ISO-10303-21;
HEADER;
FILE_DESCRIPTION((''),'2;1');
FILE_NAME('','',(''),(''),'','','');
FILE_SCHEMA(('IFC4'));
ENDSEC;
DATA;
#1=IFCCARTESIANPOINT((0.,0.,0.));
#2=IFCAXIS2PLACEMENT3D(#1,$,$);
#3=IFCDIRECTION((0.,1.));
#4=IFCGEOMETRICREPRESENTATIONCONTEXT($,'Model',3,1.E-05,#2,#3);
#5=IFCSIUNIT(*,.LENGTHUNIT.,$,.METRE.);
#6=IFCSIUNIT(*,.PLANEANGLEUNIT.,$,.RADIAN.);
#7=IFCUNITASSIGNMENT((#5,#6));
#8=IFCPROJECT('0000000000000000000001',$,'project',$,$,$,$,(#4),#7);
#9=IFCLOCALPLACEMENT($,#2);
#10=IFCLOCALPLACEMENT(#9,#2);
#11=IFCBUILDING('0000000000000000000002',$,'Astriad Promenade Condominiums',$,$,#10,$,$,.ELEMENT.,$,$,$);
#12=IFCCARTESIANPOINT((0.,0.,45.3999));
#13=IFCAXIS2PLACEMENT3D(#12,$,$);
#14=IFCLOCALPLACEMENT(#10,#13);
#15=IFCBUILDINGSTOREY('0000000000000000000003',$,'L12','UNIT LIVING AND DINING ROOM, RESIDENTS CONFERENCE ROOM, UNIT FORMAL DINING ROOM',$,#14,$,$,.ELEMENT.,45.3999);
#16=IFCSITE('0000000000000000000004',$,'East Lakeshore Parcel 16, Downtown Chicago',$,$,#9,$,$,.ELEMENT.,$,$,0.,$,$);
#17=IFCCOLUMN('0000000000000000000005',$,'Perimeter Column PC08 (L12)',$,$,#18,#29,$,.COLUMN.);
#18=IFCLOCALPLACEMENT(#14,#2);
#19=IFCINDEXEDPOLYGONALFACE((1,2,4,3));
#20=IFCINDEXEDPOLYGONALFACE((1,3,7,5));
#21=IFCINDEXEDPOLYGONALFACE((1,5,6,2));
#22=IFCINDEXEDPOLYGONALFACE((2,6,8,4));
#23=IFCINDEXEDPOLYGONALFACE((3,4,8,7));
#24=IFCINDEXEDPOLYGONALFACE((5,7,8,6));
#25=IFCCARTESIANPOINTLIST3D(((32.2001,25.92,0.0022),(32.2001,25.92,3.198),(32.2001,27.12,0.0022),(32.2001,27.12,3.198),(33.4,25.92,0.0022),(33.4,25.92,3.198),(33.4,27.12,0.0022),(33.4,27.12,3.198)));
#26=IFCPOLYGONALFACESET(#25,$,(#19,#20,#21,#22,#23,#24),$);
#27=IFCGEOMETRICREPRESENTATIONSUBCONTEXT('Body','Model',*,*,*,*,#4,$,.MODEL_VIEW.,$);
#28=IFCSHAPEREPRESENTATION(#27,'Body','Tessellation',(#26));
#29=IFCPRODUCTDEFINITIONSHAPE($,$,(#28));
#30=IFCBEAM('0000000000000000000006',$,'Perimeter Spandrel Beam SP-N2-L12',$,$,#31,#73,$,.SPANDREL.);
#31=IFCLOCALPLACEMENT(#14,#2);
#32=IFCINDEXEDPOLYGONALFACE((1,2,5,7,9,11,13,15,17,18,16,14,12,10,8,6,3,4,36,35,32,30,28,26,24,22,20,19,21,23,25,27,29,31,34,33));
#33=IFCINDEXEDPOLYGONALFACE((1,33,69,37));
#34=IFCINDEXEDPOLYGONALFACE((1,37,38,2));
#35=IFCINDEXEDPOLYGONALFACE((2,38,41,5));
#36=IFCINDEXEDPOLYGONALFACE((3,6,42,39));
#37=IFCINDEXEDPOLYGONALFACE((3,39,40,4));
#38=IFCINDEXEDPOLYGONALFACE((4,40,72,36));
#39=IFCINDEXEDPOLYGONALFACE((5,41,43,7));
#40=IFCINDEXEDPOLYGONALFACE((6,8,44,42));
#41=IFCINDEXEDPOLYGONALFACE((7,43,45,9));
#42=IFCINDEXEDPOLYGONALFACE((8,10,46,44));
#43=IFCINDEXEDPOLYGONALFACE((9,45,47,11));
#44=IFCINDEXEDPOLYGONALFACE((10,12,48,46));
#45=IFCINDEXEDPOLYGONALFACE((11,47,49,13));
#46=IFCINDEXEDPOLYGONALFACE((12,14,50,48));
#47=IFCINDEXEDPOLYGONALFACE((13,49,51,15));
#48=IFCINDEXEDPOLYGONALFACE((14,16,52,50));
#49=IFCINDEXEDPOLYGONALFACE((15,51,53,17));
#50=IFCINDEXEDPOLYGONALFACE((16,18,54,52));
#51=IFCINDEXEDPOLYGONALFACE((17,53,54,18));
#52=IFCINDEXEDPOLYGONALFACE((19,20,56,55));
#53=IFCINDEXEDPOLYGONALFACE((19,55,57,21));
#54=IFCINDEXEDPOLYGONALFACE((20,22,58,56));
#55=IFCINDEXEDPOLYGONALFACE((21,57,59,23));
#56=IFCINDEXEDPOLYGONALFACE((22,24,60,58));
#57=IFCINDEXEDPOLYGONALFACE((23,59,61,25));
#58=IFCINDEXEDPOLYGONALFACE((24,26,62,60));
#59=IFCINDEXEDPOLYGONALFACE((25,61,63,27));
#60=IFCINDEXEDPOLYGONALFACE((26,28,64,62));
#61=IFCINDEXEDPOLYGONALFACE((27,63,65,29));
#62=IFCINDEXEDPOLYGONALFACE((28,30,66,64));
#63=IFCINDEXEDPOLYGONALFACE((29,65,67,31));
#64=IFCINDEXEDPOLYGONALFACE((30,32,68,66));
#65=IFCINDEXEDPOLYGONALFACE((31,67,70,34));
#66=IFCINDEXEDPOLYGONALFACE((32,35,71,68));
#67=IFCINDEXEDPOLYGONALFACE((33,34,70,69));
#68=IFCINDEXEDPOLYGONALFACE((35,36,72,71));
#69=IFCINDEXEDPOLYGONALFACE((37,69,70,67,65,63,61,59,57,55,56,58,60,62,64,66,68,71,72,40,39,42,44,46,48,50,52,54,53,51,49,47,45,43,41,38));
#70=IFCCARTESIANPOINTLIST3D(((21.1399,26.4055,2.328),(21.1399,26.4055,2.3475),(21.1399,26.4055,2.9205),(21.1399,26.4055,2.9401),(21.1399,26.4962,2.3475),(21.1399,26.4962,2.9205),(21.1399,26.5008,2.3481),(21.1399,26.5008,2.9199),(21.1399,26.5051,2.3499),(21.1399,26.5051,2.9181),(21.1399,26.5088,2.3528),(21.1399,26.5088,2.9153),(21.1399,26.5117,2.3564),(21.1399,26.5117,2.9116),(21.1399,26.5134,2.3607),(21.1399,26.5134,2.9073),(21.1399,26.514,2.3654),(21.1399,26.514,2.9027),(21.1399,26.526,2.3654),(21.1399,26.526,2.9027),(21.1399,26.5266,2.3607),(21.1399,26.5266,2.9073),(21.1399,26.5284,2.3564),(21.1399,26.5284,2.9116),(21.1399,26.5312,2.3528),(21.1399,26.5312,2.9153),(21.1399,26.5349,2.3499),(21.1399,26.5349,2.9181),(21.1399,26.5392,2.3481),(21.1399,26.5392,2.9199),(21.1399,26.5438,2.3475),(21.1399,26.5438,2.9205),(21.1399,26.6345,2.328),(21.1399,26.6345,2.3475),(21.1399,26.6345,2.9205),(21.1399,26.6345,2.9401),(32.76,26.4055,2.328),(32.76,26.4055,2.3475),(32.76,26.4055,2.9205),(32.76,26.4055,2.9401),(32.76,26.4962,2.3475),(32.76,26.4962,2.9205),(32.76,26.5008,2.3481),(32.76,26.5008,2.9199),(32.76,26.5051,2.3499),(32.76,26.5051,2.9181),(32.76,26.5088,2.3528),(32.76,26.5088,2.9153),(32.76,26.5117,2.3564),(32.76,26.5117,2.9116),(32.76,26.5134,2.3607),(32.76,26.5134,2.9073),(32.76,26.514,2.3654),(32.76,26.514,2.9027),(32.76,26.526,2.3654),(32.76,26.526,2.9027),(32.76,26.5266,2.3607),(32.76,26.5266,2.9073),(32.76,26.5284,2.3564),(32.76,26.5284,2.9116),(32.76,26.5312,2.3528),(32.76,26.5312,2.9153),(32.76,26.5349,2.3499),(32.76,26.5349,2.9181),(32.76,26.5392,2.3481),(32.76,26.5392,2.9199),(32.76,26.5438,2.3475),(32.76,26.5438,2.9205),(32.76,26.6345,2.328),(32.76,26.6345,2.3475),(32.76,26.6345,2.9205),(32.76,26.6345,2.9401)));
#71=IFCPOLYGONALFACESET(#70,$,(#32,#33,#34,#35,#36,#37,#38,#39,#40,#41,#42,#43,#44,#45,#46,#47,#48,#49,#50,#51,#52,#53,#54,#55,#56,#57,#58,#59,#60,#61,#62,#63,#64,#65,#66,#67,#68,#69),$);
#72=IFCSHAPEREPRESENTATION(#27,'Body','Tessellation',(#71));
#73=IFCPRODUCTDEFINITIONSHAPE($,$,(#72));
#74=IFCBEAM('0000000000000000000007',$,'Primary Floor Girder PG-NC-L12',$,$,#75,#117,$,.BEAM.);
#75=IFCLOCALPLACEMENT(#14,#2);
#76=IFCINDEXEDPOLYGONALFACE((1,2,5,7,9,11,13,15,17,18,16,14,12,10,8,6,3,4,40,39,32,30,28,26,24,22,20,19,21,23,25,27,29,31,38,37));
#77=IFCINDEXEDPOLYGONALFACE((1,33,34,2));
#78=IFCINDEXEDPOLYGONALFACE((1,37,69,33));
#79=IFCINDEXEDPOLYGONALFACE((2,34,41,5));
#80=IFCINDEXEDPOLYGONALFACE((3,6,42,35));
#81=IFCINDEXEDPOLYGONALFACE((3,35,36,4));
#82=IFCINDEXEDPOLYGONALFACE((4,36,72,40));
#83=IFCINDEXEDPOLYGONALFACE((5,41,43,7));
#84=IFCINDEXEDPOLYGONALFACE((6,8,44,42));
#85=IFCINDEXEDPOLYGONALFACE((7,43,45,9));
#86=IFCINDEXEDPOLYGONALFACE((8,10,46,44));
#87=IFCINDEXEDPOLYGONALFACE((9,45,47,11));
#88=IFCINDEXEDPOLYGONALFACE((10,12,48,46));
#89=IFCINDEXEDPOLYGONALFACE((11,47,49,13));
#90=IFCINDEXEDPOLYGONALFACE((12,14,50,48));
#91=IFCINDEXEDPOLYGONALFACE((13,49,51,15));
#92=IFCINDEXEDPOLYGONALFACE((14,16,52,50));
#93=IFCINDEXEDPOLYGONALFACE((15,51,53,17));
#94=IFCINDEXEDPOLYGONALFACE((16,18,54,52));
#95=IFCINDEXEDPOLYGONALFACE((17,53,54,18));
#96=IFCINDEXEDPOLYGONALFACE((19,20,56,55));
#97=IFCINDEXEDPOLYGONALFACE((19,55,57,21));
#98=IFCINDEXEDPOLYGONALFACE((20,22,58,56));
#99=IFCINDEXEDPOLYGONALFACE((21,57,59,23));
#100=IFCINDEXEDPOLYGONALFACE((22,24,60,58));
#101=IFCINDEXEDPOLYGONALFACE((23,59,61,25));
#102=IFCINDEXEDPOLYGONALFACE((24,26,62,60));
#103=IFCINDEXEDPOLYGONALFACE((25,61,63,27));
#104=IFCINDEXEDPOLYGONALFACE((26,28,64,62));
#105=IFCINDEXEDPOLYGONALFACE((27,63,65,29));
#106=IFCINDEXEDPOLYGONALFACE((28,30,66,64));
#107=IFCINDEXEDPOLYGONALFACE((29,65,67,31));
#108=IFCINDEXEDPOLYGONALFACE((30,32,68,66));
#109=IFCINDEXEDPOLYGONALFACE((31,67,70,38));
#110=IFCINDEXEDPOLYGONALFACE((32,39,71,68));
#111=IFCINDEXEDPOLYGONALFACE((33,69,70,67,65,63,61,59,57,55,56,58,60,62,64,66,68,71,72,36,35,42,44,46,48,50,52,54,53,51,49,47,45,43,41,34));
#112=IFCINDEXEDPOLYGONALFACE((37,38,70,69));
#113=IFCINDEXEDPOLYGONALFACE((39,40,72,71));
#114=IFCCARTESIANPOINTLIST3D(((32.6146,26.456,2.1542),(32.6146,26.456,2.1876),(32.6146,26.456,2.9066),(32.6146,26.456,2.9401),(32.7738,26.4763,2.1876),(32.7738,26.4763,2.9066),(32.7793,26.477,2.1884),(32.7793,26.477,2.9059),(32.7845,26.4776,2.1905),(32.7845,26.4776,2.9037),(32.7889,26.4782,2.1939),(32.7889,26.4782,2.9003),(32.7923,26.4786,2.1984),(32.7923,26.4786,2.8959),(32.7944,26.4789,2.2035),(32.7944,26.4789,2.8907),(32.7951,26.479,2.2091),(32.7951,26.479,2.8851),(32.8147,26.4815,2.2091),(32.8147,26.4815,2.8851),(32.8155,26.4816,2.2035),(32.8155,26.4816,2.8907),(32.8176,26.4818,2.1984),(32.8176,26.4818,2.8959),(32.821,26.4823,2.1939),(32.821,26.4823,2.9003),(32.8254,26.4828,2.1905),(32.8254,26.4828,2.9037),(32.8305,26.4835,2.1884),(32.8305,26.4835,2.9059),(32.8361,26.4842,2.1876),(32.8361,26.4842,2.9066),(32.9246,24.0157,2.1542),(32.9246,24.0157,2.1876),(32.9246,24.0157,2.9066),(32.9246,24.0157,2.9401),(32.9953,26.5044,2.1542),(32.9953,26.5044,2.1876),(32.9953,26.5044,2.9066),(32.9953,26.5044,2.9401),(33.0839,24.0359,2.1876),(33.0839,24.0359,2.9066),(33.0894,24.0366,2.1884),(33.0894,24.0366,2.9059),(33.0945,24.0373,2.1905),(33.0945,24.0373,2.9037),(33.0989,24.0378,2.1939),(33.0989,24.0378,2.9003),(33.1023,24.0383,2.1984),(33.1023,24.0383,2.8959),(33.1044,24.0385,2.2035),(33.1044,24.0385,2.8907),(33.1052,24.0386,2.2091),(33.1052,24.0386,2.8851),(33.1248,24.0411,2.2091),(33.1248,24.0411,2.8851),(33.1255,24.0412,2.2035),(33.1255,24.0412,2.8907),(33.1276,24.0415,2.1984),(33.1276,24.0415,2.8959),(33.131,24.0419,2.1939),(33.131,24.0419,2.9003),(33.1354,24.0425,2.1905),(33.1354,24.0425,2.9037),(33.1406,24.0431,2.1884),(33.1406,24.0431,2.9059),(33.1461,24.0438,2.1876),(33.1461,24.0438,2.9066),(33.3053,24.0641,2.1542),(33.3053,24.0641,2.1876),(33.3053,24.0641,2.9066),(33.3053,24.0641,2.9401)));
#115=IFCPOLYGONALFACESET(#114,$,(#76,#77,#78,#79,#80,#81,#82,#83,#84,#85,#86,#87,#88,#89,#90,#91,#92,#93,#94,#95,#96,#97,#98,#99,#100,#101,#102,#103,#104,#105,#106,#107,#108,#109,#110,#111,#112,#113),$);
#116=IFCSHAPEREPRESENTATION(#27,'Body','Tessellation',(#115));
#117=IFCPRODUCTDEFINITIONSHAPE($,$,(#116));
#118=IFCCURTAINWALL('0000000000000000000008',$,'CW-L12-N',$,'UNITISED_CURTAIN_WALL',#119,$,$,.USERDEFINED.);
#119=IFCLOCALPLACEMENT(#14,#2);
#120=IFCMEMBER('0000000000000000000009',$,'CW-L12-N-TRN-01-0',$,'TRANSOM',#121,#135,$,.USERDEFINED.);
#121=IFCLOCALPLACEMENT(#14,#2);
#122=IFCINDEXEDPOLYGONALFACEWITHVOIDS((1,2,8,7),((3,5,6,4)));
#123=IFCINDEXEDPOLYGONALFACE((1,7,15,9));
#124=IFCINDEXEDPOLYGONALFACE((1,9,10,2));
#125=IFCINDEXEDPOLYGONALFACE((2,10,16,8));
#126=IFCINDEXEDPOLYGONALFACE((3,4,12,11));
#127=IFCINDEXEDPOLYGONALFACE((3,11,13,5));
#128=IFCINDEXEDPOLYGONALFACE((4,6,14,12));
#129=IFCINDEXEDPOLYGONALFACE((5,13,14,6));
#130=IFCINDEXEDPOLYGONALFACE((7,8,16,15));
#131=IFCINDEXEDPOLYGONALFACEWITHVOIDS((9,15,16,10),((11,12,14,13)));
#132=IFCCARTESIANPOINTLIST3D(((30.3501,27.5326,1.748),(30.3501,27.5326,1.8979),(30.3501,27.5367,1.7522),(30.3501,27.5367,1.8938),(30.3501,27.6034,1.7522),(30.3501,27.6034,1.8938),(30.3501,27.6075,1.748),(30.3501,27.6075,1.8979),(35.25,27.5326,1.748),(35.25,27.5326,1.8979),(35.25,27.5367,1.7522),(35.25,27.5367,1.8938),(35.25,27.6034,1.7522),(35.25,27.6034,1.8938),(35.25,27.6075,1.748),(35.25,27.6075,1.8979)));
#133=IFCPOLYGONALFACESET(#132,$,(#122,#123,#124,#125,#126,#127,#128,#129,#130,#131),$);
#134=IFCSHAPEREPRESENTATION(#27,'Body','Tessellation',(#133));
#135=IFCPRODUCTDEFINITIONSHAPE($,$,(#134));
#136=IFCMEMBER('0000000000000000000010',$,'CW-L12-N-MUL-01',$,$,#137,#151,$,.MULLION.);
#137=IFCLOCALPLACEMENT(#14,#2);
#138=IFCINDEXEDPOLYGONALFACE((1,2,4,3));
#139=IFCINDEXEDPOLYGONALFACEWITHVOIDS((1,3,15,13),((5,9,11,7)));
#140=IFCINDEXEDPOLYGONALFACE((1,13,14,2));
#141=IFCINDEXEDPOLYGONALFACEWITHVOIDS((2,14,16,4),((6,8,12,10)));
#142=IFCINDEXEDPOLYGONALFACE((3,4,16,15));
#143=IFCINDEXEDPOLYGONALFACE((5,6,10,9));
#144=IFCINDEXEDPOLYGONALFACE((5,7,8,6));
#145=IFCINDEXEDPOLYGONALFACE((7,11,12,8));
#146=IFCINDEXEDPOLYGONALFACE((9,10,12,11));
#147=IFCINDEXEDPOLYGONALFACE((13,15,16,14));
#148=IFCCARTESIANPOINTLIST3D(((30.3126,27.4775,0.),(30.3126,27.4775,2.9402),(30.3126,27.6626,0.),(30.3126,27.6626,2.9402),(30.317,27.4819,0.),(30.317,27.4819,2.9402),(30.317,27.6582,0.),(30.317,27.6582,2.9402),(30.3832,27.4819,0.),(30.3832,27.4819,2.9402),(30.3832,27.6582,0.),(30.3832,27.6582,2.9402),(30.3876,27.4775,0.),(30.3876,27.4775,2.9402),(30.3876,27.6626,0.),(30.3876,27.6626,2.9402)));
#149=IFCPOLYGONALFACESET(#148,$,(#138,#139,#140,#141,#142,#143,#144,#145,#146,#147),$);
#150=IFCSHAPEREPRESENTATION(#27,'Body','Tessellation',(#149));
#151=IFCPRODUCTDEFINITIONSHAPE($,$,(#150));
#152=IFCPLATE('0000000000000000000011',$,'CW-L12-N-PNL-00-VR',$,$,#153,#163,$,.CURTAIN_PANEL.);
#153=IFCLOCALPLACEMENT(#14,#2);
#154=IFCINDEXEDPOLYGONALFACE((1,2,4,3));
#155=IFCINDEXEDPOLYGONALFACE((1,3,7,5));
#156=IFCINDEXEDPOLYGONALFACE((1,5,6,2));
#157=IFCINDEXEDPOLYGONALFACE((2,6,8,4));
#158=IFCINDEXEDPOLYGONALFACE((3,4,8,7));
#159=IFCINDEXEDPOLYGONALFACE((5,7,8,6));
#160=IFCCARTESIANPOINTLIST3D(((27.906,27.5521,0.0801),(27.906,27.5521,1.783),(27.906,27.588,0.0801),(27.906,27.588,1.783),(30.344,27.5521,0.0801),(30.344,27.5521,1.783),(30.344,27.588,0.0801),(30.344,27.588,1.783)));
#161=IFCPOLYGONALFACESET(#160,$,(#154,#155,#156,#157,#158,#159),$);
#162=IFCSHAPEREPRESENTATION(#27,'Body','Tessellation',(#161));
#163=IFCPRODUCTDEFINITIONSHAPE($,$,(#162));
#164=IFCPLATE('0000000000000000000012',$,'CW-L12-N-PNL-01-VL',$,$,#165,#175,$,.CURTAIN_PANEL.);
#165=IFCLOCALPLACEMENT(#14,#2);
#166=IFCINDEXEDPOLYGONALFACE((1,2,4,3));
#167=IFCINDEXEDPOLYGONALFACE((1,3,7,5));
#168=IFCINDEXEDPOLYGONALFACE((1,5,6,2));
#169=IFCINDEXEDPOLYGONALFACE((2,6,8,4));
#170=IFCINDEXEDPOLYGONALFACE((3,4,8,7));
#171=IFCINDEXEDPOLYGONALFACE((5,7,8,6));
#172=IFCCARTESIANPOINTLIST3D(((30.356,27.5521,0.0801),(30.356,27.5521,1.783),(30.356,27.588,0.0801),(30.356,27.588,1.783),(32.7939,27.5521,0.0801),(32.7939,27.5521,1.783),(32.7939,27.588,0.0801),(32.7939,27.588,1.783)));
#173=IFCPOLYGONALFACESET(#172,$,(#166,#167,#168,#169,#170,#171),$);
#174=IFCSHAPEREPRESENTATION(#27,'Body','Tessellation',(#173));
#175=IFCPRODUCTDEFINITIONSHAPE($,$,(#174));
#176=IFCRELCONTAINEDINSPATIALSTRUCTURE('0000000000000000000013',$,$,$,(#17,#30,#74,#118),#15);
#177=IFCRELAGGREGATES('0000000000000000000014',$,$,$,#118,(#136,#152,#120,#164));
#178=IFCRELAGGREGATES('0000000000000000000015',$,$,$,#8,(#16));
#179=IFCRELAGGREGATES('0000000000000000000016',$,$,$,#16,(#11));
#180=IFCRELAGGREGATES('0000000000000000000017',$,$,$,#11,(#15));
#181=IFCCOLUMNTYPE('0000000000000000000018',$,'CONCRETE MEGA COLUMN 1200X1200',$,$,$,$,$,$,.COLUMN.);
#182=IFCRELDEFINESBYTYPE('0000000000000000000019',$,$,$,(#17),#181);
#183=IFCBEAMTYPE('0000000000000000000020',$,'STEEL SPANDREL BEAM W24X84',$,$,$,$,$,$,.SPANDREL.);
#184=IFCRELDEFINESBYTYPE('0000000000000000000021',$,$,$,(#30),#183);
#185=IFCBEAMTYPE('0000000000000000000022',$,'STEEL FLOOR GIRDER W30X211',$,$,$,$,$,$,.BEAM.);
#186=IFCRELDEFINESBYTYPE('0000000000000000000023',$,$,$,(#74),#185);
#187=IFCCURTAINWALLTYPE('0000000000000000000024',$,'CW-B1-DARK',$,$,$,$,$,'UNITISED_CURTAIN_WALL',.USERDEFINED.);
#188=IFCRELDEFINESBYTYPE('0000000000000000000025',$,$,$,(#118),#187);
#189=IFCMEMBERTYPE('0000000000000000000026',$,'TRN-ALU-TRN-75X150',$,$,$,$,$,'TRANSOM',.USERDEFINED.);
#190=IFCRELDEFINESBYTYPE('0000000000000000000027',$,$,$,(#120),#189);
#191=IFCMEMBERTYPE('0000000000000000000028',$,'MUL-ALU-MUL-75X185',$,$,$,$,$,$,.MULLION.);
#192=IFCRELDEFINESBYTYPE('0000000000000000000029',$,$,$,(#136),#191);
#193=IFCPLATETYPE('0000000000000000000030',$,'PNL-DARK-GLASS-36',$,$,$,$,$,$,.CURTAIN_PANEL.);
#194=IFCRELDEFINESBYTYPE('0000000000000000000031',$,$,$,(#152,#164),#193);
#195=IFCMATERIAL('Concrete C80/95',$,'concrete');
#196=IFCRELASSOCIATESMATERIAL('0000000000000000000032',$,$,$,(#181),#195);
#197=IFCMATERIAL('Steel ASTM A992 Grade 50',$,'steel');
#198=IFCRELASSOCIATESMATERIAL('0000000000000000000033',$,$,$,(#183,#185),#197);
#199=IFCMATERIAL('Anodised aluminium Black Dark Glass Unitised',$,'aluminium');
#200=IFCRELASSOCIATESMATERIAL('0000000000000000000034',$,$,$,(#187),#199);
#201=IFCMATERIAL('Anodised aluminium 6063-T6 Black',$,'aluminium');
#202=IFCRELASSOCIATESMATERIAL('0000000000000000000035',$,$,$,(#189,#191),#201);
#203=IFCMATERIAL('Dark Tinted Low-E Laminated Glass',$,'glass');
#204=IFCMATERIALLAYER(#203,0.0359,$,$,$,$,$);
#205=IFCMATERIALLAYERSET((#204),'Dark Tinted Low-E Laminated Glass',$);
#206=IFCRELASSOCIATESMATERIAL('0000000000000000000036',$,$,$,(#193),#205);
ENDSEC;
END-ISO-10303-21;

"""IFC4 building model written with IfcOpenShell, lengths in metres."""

from ifc_helpers import new_model, si_unit, direction, frame, origin, origin_2d, place, context, subcontext, project, spatial, rectangle, hollow_rectangle, i_section, extrude, source, transform, mapped, material, layer, layer_set, material_profile, profile_set, type_object, type_shapes, element, aggregate, save


model = new_model("IFC4")

# Units and contexts
model_context = context("Model", 3, precision=1e-05, world=origin(), true_north=direction((0.0, 1.0)))
body_context = subcontext(model_context, "Body", "Model", "MODEL_VIEW")
ifc_project = project(units=[si_unit("LENGTHUNIT", "METRE"), si_unit("PLANEANGLEUNIT", "RADIAN")], contexts=[model_context])

# Site, building, storey
site_placement = place(None, origin())
site = spatial("IfcSite", under=ifc_project, at=site_placement, Name="East Lakeshore Parcel 16, Downtown Chicago", CompositionType="ELEMENT", RefElevation=0.0)
building_placement = place(site_placement, origin())
building = spatial("IfcBuilding", under=site, at=building_placement, Name="Astriad Promenade Condominiums", CompositionType="ELEMENT")
storey_placement = place(building_placement, frame((0.0, 0.0, 45.3999)))
storey = spatial("IfcBuildingStorey", under=building, at=storey_placement, Name="L12", Description="UNIT LIVING AND DINING ROOM, RESIDENTS CONFERENCE ROOM, UNIT FORMAL DINING ROOM", CompositionType="ELEMENT", Elevation=45.3999)

# Column
ifc_material_1 = material(Name="Concrete C80/95", Category="concrete")
ifc_material_profile_1 = material_profile(ifc_material_1, rectangle(XDim=1.2, YDim=1.2, at=origin_2d()), Name="RC-COL-1200X1200")
ifc_profile_set_1 = profile_set([ifc_material_profile_1], Name="Concrete C80/95")
column_type = type_object("IfcColumnType", Name="CONCRETE MEGA COLUMN 1200X1200", PredefinedType="COLUMN", material=ifc_profile_set_1)
shared_shape_1 = source(origin(), body_context, "Body", "SweptSolid", [
    extrude(rectangle(XDim=1.2, YDim=1.2, at=origin_2d()), origin(), (0.0, 0.0, 1.0), 3.1958),
])
type_shapes(column_type, [shared_shape_1])
column_placement = place(storey_placement, frame((32.8, 26.52, 0.0022), z_axis=(0.0, 0.0, 1.0), x_axis=(1.0, 0.0, 0.0)))
element("IfcColumn", 1, at=column_placement, inside=storey, type_object=column_type, Name="Perimeter Column PC08 (L12)", PredefinedType="COLUMN", context=body_context, shape_type="MappedRepresentation", body=[
    mapped(shared_shape_1, transform((0.0, 0.0, 0.0), scale=1.0)),
])

# Beams
ifc_material_2 = material(Name="Steel ASTM A992 Grade 50", Category="steel")
ifc_material_profile_2 = material_profile(ifc_material_2, i_section(OverallWidth=0.229, OverallDepth=0.6121, WebThickness=0.012, FlangeThickness=0.0195, FilletRadius=0.0178, at=origin_2d()), Name="W24X84")
ifc_profile_set_2 = profile_set([ifc_material_profile_2], Name="Steel ASTM A992 Grade 50")
beam_type_1 = type_object("IfcBeamType", Name="STEEL SPANDREL BEAM W24X84", PredefinedType="SPANDREL", material=ifc_profile_set_2)
shared_shape_2 = source(origin(), body_context, "Body", "SweptSolid", [
    extrude(i_section(OverallWidth=0.229, OverallDepth=0.6121, WebThickness=0.012, FlangeThickness=0.0195, FilletRadius=0.0178, at=origin_2d()), origin(), (0.0, 0.0, 1.0), 11.6201),
])
type_shapes(beam_type_1, [shared_shape_2])
beam_1_placement = place(storey_placement, frame((32.76, 26.52, 2.634), z_axis=(-1.0, 0.0, 0.0), x_axis=(0.0, -1.0, 0.0)))
element("IfcBeam", 2, at=beam_1_placement, inside=storey, type_object=beam_type_1, Name="Perimeter Spandrel Beam SP-N2-L12", PredefinedType="SPANDREL", context=body_context, shape_type="MappedRepresentation", body=[
    mapped(shared_shape_2, transform((0.0, 0.0, 0.0), scale=1.0)),
])
ifc_material_profile_3 = material_profile(ifc_material_2, i_section(OverallWidth=0.3838, OverallDepth=0.7859, WebThickness=0.0198, FlangeThickness=0.0334, FilletRadius=0.0215, at=origin_2d()), Name="W30X211")
ifc_profile_set_3 = profile_set([ifc_material_profile_3], Name="Steel ASTM A992 Grade 50")
beam_type_2 = type_object("IfcBeamType", Name="STEEL FLOOR GIRDER W30X211", PredefinedType="BEAM", material=ifc_profile_set_3)
shared_shape_3 = source(origin(), body_context, "Body", "SweptSolid", [
    extrude(i_section(OverallWidth=0.3838, OverallDepth=0.7859, WebThickness=0.0198, FlangeThickness=0.0334, FilletRadius=0.0215, at=origin_2d()), origin(), (0.0, 0.0, 1.0), 2.46),
])
type_shapes(beam_type_2, [shared_shape_3])
beam_2_placement = place(storey_placement, frame((32.8049, 26.4802, 2.5471), z_axis=(0.126038, -0.992025, 0.0), x_axis=(0.992025, 0.126038, 0.0)))
element("IfcBeam", 3, at=beam_2_placement, inside=storey, type_object=beam_type_2, Name="Primary Floor Girder PG-NC-L12", PredefinedType="BEAM", context=body_context, shape_type="MappedRepresentation", body=[
    mapped(shared_shape_3, transform((0.0, 0.0, 0.0), scale=1.0)),
])

# Curtain wall, members, plates
ifc_material_3 = material(Name="Anodised aluminium Black Dark Glass Unitised", Category="aluminium")
curtain_wall_type = type_object("IfcCurtainWallType", Name="CW-B1-DARK", ElementType="UNITISED_CURTAIN_WALL", PredefinedType="USERDEFINED", material=ifc_material_3)
curtain_wall_placement = place(storey_placement, origin())
curtain_wall = element("IfcCurtainWall", 4, at=curtain_wall_placement, inside=storey, type_object=curtain_wall_type, Name="CW-L12-N", ObjectType="UNITISED_CURTAIN_WALL", PredefinedType="USERDEFINED")
ifc_material_4 = material(Name="Anodised aluminium 6063-T6 Black", Category="aluminium")
ifc_material_profile_4 = material_profile(ifc_material_4, hollow_rectangle(XDim=0.075, YDim=0.1499, WallThickness=0.0042, at=origin_2d()), Name="ALU-TRN-75X150")
ifc_profile_set_4 = profile_set([ifc_material_profile_4], Name="Anodised aluminium 6063-T6 Black")
member_type_1 = type_object("IfcMemberType", Name="TRN-ALU-TRN-75X150", ElementType="TRANSOM", PredefinedType="USERDEFINED", material=ifc_profile_set_4)
shared_shape_4 = source(origin(), body_context, "Body", "SweptSolid", [
    extrude(hollow_rectangle(XDim=0.075, YDim=0.1499, WallThickness=0.0042, at=origin_2d()), origin(), (0.0, 0.0, 1.0), 4.8999),
])
type_shapes(member_type_1, [shared_shape_4])
member_1_placement = place(storey_placement, frame((30.3501, 27.5701, 1.823), z_axis=(1.0, 0.0, 0.0), x_axis=(0.0, 1.0, 0.0)))
member_1 = element("IfcMember", 5, at=member_1_placement, type_object=member_type_1, Name="CW-L12-N-TRN-01-0", ObjectType="TRANSOM", PredefinedType="USERDEFINED", context=body_context, shape_type="MappedRepresentation", body=[
    mapped(shared_shape_4, transform((0.0, 0.0, 0.0), scale=1.0)),
])
ifc_material_profile_5 = material_profile(ifc_material_4, hollow_rectangle(XDim=0.075, YDim=0.1851, WallThickness=0.0044, at=origin_2d()), Name="ALU-MUL-75X185")
ifc_profile_set_5 = profile_set([ifc_material_profile_5], Name="Anodised aluminium 6063-T6 Black")
member_type_2 = type_object("IfcMemberType", Name="MUL-ALU-MUL-75X185", PredefinedType="MULLION", material=ifc_profile_set_5)
shared_shape_5 = source(origin(), body_context, "Body", "SweptSolid", [
    extrude(hollow_rectangle(XDim=0.075, YDim=0.1851, WallThickness=0.0044, at=origin_2d()), origin(), (0.0, 0.0, 1.0), 2.9402),
])
type_shapes(member_type_2, [shared_shape_5])
member_2_placement = place(storey_placement, frame((30.3501, 27.5701, 0.0), z_axis=(0.0, 0.0, 1.0), x_axis=(1.0, 0.0, 0.0)))
member_2 = element("IfcMember", 6, at=member_2_placement, type_object=member_type_2, Name="CW-L12-N-MUL-01", PredefinedType="MULLION", context=body_context, shape_type="MappedRepresentation", body=[
    mapped(shared_shape_5, transform((0.0, 0.0, 0.0), scale=1.0)),
])
ifc_material_5 = material(Name="Dark Tinted Low-E Laminated Glass", Category="glass")
ifc_layer_1 = layer(ifc_material_5, 0.0359)
ifc_layer_set_1 = layer_set([ifc_layer_1], Name="Dark Tinted Low-E Laminated Glass")
plate_type = type_object("IfcPlateType", Name="PNL-DARK-GLASS-36", PredefinedType="CURTAIN_PANEL", material=ifc_layer_set_1)
shared_shape_6 = source(origin(), body_context, "Body", "SweptSolid", [
    extrude(rectangle(XDim=2.438, YDim=0.0359, at=origin_2d()), origin(), (0.0, 0.0, 1.0), 1.7029),
])
plate_1_placement = place(storey_placement, frame((29.125, 27.5701, 0.0801), z_axis=(0.0, 0.0, 1.0), x_axis=(1.0, 0.0, 0.0)))
plate_1 = element("IfcPlate", 7, at=plate_1_placement, type_object=plate_type, Name="CW-L12-N-PNL-00-VR", PredefinedType="CURTAIN_PANEL", context=body_context, shape_type="MappedRepresentation", body=[
    mapped(shared_shape_6, transform((0.0, 0.0, 0.0), scale=1.0)),
])
plate_2_placement = place(storey_placement, frame((31.575, 27.5701, 0.0801), z_axis=(0.0, 0.0, 1.0), x_axis=(1.0, 0.0, 0.0)))
plate_2 = element("IfcPlate", 8, at=plate_2_placement, type_object=plate_type, Name="CW-L12-N-PNL-01-VL", PredefinedType="CURTAIN_PANEL", context=body_context, shape_type="MappedRepresentation", body=[
    mapped(shared_shape_6, transform((0.0, 0.0, 0.0), scale=1.0)),
])
aggregate(curtain_wall, [member_2, plate_1, member_1, plate_2])

save(model, "model.ifc")
